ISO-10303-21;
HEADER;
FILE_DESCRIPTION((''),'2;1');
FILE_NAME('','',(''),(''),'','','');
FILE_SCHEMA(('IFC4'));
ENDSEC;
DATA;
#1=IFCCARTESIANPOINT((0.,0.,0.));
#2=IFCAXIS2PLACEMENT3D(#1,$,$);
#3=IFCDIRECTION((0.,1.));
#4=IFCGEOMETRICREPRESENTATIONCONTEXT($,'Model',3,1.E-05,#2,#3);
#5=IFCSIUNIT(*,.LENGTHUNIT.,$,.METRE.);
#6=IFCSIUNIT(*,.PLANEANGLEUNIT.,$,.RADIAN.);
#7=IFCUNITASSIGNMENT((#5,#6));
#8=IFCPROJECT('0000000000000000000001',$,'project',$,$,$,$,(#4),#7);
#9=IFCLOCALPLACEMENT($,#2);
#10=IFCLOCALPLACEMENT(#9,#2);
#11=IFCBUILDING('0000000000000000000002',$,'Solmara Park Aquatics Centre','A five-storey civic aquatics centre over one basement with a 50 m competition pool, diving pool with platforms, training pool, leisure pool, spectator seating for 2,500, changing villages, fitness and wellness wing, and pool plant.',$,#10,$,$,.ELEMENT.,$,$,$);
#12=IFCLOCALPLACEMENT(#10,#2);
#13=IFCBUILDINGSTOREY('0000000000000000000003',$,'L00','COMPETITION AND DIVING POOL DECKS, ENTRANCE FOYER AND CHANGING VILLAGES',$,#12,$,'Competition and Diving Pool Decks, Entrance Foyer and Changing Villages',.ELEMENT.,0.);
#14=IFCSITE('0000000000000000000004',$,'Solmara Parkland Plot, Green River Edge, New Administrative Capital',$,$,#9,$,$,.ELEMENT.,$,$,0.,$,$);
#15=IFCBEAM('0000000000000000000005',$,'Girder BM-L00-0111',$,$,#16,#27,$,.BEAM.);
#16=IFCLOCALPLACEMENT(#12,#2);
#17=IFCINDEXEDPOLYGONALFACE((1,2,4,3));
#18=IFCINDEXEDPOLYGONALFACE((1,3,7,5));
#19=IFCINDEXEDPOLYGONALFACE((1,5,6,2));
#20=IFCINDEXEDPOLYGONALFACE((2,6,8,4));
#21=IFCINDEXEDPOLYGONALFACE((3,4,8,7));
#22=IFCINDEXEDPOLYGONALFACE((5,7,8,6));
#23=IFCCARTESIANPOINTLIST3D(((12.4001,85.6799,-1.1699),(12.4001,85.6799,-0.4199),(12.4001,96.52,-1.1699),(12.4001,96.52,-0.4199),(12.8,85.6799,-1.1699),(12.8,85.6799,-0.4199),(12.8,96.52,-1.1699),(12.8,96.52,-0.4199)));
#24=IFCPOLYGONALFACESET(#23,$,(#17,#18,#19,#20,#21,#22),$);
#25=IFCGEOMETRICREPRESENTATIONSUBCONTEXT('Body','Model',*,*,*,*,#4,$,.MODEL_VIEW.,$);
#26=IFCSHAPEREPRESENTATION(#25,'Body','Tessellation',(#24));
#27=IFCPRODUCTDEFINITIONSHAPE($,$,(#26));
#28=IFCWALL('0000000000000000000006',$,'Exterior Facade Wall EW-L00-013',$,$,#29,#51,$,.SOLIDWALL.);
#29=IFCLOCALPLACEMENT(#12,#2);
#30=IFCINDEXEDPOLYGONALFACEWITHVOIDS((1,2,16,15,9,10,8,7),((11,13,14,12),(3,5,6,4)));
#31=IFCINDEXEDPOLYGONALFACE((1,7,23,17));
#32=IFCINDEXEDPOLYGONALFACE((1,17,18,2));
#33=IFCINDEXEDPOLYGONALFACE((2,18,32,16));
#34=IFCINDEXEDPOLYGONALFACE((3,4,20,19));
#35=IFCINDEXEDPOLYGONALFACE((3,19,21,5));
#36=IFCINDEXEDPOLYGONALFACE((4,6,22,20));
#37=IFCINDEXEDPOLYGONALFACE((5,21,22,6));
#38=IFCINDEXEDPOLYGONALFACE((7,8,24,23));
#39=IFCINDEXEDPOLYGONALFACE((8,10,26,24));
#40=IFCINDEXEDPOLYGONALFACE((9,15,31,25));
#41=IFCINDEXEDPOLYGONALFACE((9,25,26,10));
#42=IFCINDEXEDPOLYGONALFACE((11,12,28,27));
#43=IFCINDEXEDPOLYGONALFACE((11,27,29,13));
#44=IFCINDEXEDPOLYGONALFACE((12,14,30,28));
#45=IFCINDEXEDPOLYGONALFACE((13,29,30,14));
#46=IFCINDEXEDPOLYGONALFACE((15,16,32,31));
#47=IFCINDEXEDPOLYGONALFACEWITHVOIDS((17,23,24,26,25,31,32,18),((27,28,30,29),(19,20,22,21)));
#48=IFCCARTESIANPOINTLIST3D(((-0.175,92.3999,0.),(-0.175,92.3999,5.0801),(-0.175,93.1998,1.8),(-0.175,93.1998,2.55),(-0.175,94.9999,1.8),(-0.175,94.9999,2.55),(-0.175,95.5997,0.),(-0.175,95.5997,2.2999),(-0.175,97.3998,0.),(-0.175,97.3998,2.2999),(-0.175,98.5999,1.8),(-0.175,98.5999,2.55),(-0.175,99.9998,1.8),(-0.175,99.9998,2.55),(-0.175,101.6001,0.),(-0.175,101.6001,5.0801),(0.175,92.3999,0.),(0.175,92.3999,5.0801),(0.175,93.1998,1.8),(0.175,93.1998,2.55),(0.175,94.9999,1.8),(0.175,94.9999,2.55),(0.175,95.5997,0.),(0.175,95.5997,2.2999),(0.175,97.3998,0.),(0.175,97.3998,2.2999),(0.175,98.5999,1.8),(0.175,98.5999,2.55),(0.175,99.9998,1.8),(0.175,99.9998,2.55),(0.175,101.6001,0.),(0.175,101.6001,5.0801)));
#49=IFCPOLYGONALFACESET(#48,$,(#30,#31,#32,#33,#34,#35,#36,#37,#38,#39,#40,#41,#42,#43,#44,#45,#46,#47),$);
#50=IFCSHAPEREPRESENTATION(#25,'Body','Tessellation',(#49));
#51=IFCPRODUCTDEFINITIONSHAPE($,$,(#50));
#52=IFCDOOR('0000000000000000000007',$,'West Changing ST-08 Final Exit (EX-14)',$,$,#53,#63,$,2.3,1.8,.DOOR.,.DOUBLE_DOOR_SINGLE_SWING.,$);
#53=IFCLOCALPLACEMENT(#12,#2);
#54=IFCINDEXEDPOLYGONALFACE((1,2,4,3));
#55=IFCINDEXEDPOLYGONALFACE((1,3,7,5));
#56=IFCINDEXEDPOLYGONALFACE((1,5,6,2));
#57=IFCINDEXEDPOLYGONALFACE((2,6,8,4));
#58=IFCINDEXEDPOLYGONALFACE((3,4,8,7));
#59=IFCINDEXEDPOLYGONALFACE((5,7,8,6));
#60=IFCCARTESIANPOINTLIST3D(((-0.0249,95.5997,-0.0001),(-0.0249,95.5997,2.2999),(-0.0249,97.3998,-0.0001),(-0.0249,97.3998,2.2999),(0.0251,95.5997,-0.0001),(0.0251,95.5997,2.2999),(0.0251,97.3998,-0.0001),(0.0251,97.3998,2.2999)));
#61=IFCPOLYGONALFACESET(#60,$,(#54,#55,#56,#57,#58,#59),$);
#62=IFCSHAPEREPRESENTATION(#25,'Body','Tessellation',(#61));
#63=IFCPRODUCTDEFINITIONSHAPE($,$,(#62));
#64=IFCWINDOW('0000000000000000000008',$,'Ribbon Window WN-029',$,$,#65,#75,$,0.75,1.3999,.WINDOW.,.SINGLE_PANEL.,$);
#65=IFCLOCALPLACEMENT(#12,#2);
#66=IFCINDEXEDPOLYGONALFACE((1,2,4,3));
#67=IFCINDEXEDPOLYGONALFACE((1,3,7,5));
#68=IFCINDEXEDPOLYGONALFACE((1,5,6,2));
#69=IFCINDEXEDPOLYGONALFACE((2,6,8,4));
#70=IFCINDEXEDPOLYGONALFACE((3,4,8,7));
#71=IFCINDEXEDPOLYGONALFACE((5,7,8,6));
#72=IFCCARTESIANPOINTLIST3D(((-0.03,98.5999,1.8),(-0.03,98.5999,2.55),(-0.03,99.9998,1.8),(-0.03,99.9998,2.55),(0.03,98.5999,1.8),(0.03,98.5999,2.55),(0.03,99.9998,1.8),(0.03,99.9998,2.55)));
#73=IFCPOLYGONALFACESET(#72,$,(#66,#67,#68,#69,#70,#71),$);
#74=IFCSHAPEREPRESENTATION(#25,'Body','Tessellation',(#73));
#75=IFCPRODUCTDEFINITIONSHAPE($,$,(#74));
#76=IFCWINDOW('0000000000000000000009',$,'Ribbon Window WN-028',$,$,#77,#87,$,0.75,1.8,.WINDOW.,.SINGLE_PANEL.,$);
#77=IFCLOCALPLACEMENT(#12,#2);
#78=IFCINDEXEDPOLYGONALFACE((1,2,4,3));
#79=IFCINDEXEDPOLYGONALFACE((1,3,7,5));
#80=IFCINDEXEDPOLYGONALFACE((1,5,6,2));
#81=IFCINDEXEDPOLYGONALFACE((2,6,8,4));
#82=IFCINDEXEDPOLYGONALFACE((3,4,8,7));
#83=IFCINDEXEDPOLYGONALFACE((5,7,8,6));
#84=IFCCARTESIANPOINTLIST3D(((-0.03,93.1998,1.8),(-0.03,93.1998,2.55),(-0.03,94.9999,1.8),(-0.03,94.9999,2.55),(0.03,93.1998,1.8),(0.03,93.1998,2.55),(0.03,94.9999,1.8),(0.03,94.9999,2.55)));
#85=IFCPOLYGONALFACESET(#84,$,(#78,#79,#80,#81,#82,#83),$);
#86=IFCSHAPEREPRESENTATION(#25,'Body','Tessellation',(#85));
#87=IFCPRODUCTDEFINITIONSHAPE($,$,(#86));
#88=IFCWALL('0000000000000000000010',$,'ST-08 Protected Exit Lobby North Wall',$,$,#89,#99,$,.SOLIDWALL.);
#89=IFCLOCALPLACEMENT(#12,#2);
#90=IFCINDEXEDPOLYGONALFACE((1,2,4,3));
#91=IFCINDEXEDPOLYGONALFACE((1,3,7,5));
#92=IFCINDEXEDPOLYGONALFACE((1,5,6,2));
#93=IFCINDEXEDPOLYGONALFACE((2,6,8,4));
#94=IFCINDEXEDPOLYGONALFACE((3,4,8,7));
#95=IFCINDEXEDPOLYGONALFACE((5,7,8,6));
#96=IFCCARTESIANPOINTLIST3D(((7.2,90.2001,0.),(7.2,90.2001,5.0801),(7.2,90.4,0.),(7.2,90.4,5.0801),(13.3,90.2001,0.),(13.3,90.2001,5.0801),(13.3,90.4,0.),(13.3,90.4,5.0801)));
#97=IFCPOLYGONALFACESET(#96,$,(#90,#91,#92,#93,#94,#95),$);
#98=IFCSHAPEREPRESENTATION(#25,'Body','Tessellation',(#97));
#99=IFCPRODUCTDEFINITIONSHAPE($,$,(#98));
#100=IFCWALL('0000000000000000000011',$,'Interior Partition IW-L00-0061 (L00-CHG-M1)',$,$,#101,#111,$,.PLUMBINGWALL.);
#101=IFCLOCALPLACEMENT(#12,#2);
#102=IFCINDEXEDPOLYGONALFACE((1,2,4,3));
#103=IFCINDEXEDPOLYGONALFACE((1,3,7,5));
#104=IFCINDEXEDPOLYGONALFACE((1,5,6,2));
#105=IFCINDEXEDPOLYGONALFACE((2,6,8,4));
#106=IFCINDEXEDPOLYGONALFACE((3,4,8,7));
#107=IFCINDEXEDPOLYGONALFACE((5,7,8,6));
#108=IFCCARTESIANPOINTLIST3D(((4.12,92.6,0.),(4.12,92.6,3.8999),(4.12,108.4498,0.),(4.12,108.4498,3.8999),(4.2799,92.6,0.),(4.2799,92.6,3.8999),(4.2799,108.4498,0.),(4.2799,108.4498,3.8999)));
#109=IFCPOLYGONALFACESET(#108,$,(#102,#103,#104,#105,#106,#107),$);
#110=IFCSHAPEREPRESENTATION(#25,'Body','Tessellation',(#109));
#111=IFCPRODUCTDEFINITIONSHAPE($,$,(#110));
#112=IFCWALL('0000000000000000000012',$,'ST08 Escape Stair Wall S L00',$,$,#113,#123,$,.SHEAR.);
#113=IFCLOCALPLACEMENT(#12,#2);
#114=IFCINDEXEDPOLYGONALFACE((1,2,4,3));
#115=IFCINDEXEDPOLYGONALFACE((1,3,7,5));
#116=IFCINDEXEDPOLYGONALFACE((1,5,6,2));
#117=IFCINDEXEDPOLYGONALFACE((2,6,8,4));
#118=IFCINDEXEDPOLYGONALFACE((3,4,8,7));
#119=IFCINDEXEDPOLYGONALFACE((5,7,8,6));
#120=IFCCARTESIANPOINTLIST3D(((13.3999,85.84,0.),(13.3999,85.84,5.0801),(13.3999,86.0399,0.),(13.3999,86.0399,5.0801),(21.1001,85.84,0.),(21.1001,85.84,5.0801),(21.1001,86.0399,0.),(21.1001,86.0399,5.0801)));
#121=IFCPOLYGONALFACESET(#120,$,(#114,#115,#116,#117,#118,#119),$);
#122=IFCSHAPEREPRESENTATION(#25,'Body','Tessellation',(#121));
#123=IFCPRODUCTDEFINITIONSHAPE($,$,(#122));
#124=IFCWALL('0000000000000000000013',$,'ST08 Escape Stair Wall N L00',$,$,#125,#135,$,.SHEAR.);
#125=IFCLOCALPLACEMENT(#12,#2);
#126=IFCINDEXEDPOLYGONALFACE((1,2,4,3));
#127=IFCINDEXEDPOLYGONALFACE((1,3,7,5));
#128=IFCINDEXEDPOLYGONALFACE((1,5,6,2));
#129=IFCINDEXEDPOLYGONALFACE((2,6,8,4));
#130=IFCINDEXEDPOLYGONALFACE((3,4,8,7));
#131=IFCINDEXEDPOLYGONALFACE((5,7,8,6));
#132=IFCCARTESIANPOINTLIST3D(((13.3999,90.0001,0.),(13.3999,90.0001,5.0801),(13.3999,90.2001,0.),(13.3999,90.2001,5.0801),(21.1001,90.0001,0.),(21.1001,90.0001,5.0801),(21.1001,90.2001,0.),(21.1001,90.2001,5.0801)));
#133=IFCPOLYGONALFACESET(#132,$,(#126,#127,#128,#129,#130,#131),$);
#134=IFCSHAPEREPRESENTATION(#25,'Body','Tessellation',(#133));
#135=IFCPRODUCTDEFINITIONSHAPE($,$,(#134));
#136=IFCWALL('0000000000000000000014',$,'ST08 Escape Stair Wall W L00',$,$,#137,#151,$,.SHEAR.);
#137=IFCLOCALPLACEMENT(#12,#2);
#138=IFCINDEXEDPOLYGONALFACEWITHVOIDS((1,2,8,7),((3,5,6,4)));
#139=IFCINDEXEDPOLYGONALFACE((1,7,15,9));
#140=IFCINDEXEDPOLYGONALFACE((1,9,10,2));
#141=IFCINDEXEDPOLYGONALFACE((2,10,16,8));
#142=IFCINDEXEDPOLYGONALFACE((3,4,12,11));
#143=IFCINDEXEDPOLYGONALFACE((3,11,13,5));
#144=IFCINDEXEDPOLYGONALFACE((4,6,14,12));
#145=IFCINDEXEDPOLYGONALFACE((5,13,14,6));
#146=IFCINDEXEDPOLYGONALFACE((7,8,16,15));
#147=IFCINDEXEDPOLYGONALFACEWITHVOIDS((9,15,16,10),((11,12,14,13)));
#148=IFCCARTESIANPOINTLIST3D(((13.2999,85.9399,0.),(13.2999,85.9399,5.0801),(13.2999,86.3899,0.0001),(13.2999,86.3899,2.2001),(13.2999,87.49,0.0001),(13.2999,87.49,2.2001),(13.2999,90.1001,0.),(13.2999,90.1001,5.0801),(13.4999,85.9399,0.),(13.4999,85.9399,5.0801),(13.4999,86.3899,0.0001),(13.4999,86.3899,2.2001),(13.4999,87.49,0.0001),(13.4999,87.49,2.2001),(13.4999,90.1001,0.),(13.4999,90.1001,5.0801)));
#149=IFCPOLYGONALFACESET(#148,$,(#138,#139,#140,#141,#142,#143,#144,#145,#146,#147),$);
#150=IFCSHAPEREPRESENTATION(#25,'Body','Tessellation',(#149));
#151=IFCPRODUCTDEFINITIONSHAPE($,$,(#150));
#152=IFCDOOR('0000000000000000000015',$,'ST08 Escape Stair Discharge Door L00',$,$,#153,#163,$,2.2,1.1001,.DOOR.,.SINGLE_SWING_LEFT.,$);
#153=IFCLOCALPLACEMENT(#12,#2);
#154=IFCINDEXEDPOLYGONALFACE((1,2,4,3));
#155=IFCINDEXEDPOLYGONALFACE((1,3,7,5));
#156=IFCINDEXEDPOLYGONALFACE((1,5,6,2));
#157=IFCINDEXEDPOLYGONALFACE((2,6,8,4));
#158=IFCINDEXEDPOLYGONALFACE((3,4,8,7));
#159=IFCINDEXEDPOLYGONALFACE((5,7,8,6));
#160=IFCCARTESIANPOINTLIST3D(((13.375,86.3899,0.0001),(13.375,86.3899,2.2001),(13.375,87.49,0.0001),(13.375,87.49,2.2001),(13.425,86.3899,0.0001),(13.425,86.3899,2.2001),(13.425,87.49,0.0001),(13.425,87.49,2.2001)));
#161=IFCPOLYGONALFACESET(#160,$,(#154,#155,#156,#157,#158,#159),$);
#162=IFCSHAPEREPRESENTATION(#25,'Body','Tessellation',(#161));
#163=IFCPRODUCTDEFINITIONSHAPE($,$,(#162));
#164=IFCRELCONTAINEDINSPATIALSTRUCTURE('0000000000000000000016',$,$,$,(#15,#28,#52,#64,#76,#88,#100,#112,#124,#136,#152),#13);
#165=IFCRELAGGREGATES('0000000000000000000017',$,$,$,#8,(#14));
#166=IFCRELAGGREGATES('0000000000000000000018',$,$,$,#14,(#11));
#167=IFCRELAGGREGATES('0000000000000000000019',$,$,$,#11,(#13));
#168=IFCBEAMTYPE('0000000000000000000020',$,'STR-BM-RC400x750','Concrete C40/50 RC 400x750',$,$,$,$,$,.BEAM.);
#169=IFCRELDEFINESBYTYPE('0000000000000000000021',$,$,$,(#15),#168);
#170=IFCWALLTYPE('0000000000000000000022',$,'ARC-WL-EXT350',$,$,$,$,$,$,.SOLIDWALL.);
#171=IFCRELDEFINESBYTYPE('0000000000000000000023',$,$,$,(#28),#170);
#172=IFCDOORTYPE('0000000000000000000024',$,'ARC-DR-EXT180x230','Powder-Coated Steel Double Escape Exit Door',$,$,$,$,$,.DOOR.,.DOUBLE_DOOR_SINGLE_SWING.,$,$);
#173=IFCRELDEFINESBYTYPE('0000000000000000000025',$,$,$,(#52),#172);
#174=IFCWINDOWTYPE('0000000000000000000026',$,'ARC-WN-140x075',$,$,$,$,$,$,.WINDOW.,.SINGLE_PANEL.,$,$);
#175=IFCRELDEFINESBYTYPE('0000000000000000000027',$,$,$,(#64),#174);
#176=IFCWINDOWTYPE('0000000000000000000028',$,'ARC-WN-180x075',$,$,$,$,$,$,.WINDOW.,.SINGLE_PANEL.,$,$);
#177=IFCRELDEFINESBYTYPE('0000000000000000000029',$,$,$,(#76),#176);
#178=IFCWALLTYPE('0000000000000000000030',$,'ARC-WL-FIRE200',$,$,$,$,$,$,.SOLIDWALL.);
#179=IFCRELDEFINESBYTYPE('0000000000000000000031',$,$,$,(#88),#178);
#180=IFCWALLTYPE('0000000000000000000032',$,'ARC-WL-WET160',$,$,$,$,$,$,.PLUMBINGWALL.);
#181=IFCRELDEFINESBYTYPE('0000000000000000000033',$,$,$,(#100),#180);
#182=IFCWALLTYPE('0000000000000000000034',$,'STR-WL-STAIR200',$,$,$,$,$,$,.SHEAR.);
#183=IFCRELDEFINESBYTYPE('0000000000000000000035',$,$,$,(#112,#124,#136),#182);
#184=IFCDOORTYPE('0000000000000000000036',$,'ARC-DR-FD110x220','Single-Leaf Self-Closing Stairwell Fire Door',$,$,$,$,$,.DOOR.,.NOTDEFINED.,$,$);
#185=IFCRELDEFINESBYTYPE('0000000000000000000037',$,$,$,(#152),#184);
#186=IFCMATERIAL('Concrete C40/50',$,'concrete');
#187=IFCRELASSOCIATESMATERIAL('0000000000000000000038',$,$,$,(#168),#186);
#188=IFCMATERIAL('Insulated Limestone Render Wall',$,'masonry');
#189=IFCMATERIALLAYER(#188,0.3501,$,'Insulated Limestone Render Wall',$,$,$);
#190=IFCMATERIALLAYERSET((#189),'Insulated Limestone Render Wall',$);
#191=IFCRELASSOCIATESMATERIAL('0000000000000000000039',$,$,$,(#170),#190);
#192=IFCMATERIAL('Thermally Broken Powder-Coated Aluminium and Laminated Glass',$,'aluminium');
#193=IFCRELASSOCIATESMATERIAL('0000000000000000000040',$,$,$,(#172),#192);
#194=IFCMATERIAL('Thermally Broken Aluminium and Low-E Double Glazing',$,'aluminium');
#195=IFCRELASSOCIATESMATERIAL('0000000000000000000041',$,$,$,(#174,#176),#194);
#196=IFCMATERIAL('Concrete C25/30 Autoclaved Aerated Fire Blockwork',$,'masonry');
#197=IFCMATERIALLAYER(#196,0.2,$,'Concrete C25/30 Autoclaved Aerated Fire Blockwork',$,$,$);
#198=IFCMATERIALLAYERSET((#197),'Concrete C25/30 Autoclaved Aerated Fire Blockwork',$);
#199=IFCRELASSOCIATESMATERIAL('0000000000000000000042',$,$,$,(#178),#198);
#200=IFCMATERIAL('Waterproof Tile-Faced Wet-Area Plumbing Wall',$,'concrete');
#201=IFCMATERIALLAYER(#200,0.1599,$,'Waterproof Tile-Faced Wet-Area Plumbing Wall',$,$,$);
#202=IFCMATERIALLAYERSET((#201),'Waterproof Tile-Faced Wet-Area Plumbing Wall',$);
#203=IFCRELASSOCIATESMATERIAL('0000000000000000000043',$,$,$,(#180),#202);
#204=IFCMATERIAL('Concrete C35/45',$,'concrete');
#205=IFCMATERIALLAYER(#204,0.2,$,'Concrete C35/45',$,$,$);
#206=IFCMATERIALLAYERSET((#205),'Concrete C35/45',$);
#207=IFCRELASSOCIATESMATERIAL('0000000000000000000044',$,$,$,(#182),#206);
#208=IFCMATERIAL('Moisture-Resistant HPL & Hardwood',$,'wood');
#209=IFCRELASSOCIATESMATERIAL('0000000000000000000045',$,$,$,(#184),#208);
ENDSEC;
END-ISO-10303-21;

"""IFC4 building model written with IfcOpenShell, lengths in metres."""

from ifc_helpers import new_model, si_unit, direction, frame, frame_2d, origin, origin_2d, place, context, subcontext, project, spatial, rectangle, extrude, material, layer, layer_set, material_profile, profile_set, type_object, element, fill, save


model = new_model("IFC4")

# Units and contexts
model_context = context("Model", 3, precision=1e-05, world=origin(), true_north=direction((0.0, 1.0)))
body_context = subcontext(model_context, "Body", "Model", "MODEL_VIEW")
ifc_project = project(units=[si_unit("LENGTHUNIT", "METRE"), si_unit("PLANEANGLEUNIT", "RADIAN")], contexts=[model_context])

# Site, building, storey
site_placement = place(None, origin())
site = spatial("IfcSite", under=ifc_project, at=site_placement, Name="Solmara Parkland Plot, Green River Edge, New Administrative Capital", CompositionType="ELEMENT", RefElevation=0.0)
building_placement = place(site_placement, origin())
building = spatial("IfcBuilding", under=site, at=building_placement, Name="Solmara Park Aquatics Centre", Description="A five-storey civic aquatics centre over one basement with a 50 m competition pool, diving pool with platforms, training pool, leisure pool, spectator seating for 2,500, changing villages, fitness and wellness wing, and pool plant.", CompositionType="ELEMENT")
storey_placement = place(building_placement, origin())
storey = spatial("IfcBuildingStorey", under=building, at=storey_placement, Name="L00", Description="COMPETITION AND DIVING POOL DECKS, ENTRANCE FOYER AND CHANGING VILLAGES", LongName="Competition and Diving Pool Decks, Entrance Foyer and Changing Villages", CompositionType="ELEMENT", Elevation=0.0)

# Beam
ifc_material_1 = material(Name="Concrete C40/50", Category="concrete")
ifc_material_profile = material_profile(ifc_material_1, rectangle(XDim=0.3999, YDim=0.75, at=origin_2d()), Name="RC 400x750")
ifc_profile_set = profile_set([ifc_material_profile], Name="Concrete C40/50")
beam_type = type_object("IfcBeamType", Name="STR-BM-RC400x750", Description="Concrete C40/50 RC 400x750", PredefinedType="BEAM", material=ifc_profile_set)
beam_placement = place(storey_placement, frame((12.6001, 85.6799, -0.7949), z_axis=(0.0, 1.0, 0.0), x_axis=(-1.0, 0.0, 0.0)))
element("IfcBeam", 1, at=beam_placement, inside=storey, type_object=beam_type, Name="Girder BM-L00-0111", PredefinedType="BEAM", context=body_context, shape_type="SweptSolid", body=[
    extrude(rectangle(XDim=0.3999, YDim=0.75, at=origin_2d()), origin(), (0.0, 0.0, 1.0), 10.8401),
])

# Wall, openings, door, windows
ifc_material_2 = material(Name="Insulated Limestone Render Wall", Category="masonry")
ifc_layer_1 = layer(ifc_material_2, 0.3501, Name="Insulated Limestone Render Wall")
ifc_layer_set_1 = layer_set([ifc_layer_1], Name="Insulated Limestone Render Wall")
wall_type_1 = type_object("IfcWallType", Name="ARC-WL-EXT350", PredefinedType="SOLIDWALL", material=ifc_layer_set_1)
wall_1_placement = place(storey_placement, frame((0.0, 92.3999, 0.0), z_axis=(0.0, 0.0, 1.0), x_axis=(0.0, 1.0, 0.0)))
wall_1 = element("IfcWall", 2, at=wall_1_placement, inside=storey, type_object=wall_type_1, Name="Exterior Facade Wall EW-L00-013", PredefinedType="SOLIDWALL", context=body_context, shape_type="SweptSolid", body=[
    extrude(rectangle(XDim=9.2002, YDim=0.3501, at=frame_2d((4.6001, 0.0))), origin(), (0.0, 0.0, 1.0), 5.0801),
])
opening_1_placement = place(wall_1_placement, frame((3.2, 0.0, 0.0)))
opening_1 = element("IfcOpeningElement", 3, at=opening_1_placement, cuts=wall_1, PredefinedType="OPENING", context=body_context, shape_type="SweptSolid", body=[
    extrude(rectangle(XDim=1.8, YDim=2.3, at=frame_2d((0.8999, 1.1499))), frame((0.0, 0.1851, 0.0), z_axis=(0.0, -1.0, 0.0), x_axis=(1.0, 0.0, 0.0)), (0.0, 0.0, 1.0), 0.3701),
])
opening_2_placement = place(wall_1_placement, frame((0.8, 0.0, 1.8)))
opening_2 = element("IfcOpeningElement", 4, at=opening_2_placement, cuts=wall_1, PredefinedType="OPENING", context=body_context, shape_type="SweptSolid", body=[
    extrude(rectangle(XDim=1.8, YDim=0.75, at=frame_2d((0.8999, 0.375))), frame((0.0, 0.1851, 0.0), z_axis=(0.0, -1.0, 0.0), x_axis=(1.0, 0.0, 0.0)), (0.0, 0.0, 1.0), 0.3701),
])
opening_3_placement = place(wall_1_placement, frame((6.2, 0.0, 1.8)))
opening_3 = element("IfcOpeningElement", 5, at=opening_3_placement, cuts=wall_1, PredefinedType="OPENING", context=body_context, shape_type="SweptSolid", body=[
    extrude(rectangle(XDim=1.3999, YDim=0.75, at=frame_2d((0.7, 0.375))), frame((0.0, 0.1851, 0.0), z_axis=(0.0, -1.0, 0.0), x_axis=(1.0, 0.0, 0.0)), (0.0, 0.0, 1.0), 0.3701),
])
ifc_material_3 = material(Name="Thermally Broken Powder-Coated Aluminium and Laminated Glass", Category="aluminium")
door_type_1 = type_object("IfcDoorType", Name="ARC-DR-EXT180x230", Description="Powder-Coated Steel Double Escape Exit Door", OperationType="DOUBLE_DOOR_SINGLE_SWING", PredefinedType="DOOR", material=ifc_material_3)
door_1_placement = place(opening_1_placement, origin())
door_1 = element("IfcDoor", 6, at=door_1_placement, inside=storey, type_object=door_type_1, Name="West Changing ST-08 Final Exit (EX-14)", OperationType="DOUBLE_DOOR_SINGLE_SWING", OverallHeight=2.3, OverallWidth=1.8, PredefinedType="DOOR", context=body_context, shape_type="SweptSolid", body=[
    extrude(rectangle(XDim=1.8, YDim=2.3, at=frame_2d((0.8999, 1.1499))), frame((0.0, 0.0249, 0.0), z_axis=(0.0, -1.0, 0.0), x_axis=(1.0, 0.0, 0.0)), (0.0, 0.0, 1.0), 0.05),
])
fill(opening_1, door_1)
ifc_material_4 = material(Name="Thermally Broken Aluminium and Low-E Double Glazing", Category="aluminium")
window_type_1 = type_object("IfcWindowType", Name="ARC-WN-140x075", PartitioningType="SINGLE_PANEL", PredefinedType="WINDOW", material=ifc_material_4)
window_1_placement = place(opening_3_placement, origin())
window_1 = element("IfcWindow", 7, at=window_1_placement, inside=storey, type_object=window_type_1, Name="Ribbon Window WN-029", OverallHeight=0.75, OverallWidth=1.3999, PartitioningType="SINGLE_PANEL", PredefinedType="WINDOW", context=body_context, shape_type="SweptSolid", body=[
    extrude(rectangle(XDim=1.3999, YDim=0.75, at=frame_2d((0.7, 0.375))), frame((0.0, 0.03, 0.0), z_axis=(0.0, -1.0, 0.0), x_axis=(1.0, 0.0, 0.0)), (0.0, 0.0, 1.0), 0.0601),
])
fill(opening_3, window_1)
window_type_2 = type_object("IfcWindowType", Name="ARC-WN-180x075", PartitioningType="SINGLE_PANEL", PredefinedType="WINDOW", material=ifc_material_4)
window_2_placement = place(opening_2_placement, origin())
window_2 = element("IfcWindow", 8, at=window_2_placement, inside=storey, type_object=window_type_2, Name="Ribbon Window WN-028", OverallHeight=0.75, OverallWidth=1.8, PartitioningType="SINGLE_PANEL", PredefinedType="WINDOW", context=body_context, shape_type="SweptSolid", body=[
    extrude(rectangle(XDim=1.8, YDim=0.75, at=frame_2d((0.8999, 0.375))), frame((0.0, 0.03, 0.0), z_axis=(0.0, -1.0, 0.0), x_axis=(1.0, 0.0, 0.0)), (0.0, 0.0, 1.0), 0.0601),
])
fill(opening_2, window_2)

# Walls
ifc_material_5 = material(Name="Concrete C25/30 Autoclaved Aerated Fire Blockwork", Category="masonry")
ifc_layer_2 = layer(ifc_material_5, 0.2, Name="Concrete C25/30 Autoclaved Aerated Fire Blockwork")
ifc_layer_set_2 = layer_set([ifc_layer_2], Name="Concrete C25/30 Autoclaved Aerated Fire Blockwork")
wall_type_2 = type_object("IfcWallType", Name="ARC-WL-FIRE200", PredefinedType="SOLIDWALL", material=ifc_layer_set_2)
wall_2_placement = place(storey_placement, frame((7.2, 90.3, 0.0), z_axis=(0.0, 0.0, 1.0), x_axis=(1.0, 0.0, 0.0)))
element("IfcWall", 9, at=wall_2_placement, inside=storey, type_object=wall_type_2, Name="ST-08 Protected Exit Lobby North Wall", PredefinedType="SOLIDWALL", context=body_context, shape_type="SweptSolid", body=[
    extrude(rectangle(XDim=6.1001, YDim=0.2, at=frame_2d((3.05, 0.0))), origin(), (0.0, 0.0, 1.0), 5.0801),
])
ifc_material_6 = material(Name="Waterproof Tile-Faced Wet-Area Plumbing Wall", Category="concrete")
ifc_layer_3 = layer(ifc_material_6, 0.1599, Name="Waterproof Tile-Faced Wet-Area Plumbing Wall")
ifc_layer_set_3 = layer_set([ifc_layer_3], Name="Waterproof Tile-Faced Wet-Area Plumbing Wall")
wall_type_3 = type_object("IfcWallType", Name="ARC-WL-WET160", PredefinedType="PLUMBINGWALL", material=ifc_layer_set_3)
wall_3_placement = place(storey_placement, frame((4.2, 92.6001, 0.0), z_axis=(0.0, 0.0, 1.0), x_axis=(0.0, 1.0, 0.0)))
element("IfcWall", 10, at=wall_3_placement, inside=storey, type_object=wall_type_3, Name="Interior Partition IW-L00-0061 (L00-CHG-M1)", PredefinedType="PLUMBINGWALL", context=body_context, shape_type="SweptSolid", body=[
    extrude(rectangle(XDim=15.8499, YDim=0.1599, at=frame_2d((7.9248, 0.0))), origin(), (0.0, 0.0, 1.0), 3.8999),
])
ifc_material_7 = material(Name="Concrete C35/45", Category="concrete")
ifc_layer_4 = layer(ifc_material_7, 0.2, Name="Concrete C35/45")
ifc_layer_set_4 = layer_set([ifc_layer_4], Name="Concrete C35/45")
wall_type_4 = type_object("IfcWallType", Name="STR-WL-STAIR200", PredefinedType="SHEAR", material=ifc_layer_set_4)
for number, where, z_axis, x_axis, name in (
    (11, (13.3999, 85.9399, 0.0), (0.0, 0.0, 1.0), (1.0, 0.0, 0.0), "ST08 Escape Stair Wall S L00"),
    (12, (13.3999, 90.1001, 0.0), (0.0, 0.0, 1.0), (1.0, 0.0, 0.0), "ST08 Escape Stair Wall N L00"),
):
    element("IfcWall", number, at=place(storey_placement, frame(where, z_axis=z_axis, x_axis=x_axis)), inside=storey, type_object=wall_type_4, Name=name, PredefinedType="SHEAR", context=body_context, shape_type="SweptSolid", body=[
        extrude(rectangle(XDim=7.7002, YDim=0.2, at=frame_2d((3.8501, 0.0))), origin(), (0.0, 0.0, 1.0), 5.0801),
    ])

# Wall, opening, door
wall_4_placement = place(storey_placement, frame((13.3999, 85.9399, 0.0), z_axis=(0.0, 0.0, 1.0), x_axis=(0.0, 1.0, 0.0)))
wall_4 = element("IfcWall", 13, at=wall_4_placement, inside=storey, type_object=wall_type_4, Name="ST08 Escape Stair Wall W L00", PredefinedType="SHEAR", context=body_context, shape_type="SweptSolid", body=[
    extrude(rectangle(XDim=4.1602, YDim=0.2, at=frame_2d((2.0801, 0.0))), origin(), (0.0, 0.0, 1.0), 5.0801),
])
opening_4_placement = place(wall_4_placement, frame((0.45, 0.0, 0.0)))
opening_4 = element("IfcOpeningElement", 14, at=opening_4_placement, cuts=wall_4, PredefinedType="OPENING", context=body_context, shape_type="SweptSolid", body=[
    extrude(rectangle(XDim=1.1001, YDim=2.2, at=frame_2d((0.55, 1.1001))), frame((0.0, 0.1099, 0.0), z_axis=(0.0, -1.0, 0.0), x_axis=(1.0, 0.0, 0.0)), (0.0, 0.0, 1.0), 0.22),
])
ifc_material_8 = material(Name="Moisture-Resistant HPL & Hardwood", Category="wood")
door_type_2 = type_object("IfcDoorType", Name="ARC-DR-FD110x220", Description="Single-Leaf Self-Closing Stairwell Fire Door", OperationType="NOTDEFINED", PredefinedType="DOOR", material=ifc_material_8)
door_2_placement = place(opening_4_placement, origin())
door_2 = element("IfcDoor", 15, at=door_2_placement, inside=storey, type_object=door_type_2, Name="ST08 Escape Stair Discharge Door L00", OperationType="SINGLE_SWING_LEFT", OverallHeight=2.2, OverallWidth=1.1001, PredefinedType="DOOR", context=body_context, shape_type="SweptSolid", body=[
    extrude(rectangle(XDim=1.1001, YDim=2.2, at=frame_2d((0.55, 1.1001))), frame((0.0, 0.0249, 0.0), z_axis=(0.0, -1.0, 0.0), x_axis=(1.0, 0.0, 0.0)), (0.0, 0.0, 1.0), 0.05),
])
fill(opening_4, door_2)

save(model, "model.ifc")
